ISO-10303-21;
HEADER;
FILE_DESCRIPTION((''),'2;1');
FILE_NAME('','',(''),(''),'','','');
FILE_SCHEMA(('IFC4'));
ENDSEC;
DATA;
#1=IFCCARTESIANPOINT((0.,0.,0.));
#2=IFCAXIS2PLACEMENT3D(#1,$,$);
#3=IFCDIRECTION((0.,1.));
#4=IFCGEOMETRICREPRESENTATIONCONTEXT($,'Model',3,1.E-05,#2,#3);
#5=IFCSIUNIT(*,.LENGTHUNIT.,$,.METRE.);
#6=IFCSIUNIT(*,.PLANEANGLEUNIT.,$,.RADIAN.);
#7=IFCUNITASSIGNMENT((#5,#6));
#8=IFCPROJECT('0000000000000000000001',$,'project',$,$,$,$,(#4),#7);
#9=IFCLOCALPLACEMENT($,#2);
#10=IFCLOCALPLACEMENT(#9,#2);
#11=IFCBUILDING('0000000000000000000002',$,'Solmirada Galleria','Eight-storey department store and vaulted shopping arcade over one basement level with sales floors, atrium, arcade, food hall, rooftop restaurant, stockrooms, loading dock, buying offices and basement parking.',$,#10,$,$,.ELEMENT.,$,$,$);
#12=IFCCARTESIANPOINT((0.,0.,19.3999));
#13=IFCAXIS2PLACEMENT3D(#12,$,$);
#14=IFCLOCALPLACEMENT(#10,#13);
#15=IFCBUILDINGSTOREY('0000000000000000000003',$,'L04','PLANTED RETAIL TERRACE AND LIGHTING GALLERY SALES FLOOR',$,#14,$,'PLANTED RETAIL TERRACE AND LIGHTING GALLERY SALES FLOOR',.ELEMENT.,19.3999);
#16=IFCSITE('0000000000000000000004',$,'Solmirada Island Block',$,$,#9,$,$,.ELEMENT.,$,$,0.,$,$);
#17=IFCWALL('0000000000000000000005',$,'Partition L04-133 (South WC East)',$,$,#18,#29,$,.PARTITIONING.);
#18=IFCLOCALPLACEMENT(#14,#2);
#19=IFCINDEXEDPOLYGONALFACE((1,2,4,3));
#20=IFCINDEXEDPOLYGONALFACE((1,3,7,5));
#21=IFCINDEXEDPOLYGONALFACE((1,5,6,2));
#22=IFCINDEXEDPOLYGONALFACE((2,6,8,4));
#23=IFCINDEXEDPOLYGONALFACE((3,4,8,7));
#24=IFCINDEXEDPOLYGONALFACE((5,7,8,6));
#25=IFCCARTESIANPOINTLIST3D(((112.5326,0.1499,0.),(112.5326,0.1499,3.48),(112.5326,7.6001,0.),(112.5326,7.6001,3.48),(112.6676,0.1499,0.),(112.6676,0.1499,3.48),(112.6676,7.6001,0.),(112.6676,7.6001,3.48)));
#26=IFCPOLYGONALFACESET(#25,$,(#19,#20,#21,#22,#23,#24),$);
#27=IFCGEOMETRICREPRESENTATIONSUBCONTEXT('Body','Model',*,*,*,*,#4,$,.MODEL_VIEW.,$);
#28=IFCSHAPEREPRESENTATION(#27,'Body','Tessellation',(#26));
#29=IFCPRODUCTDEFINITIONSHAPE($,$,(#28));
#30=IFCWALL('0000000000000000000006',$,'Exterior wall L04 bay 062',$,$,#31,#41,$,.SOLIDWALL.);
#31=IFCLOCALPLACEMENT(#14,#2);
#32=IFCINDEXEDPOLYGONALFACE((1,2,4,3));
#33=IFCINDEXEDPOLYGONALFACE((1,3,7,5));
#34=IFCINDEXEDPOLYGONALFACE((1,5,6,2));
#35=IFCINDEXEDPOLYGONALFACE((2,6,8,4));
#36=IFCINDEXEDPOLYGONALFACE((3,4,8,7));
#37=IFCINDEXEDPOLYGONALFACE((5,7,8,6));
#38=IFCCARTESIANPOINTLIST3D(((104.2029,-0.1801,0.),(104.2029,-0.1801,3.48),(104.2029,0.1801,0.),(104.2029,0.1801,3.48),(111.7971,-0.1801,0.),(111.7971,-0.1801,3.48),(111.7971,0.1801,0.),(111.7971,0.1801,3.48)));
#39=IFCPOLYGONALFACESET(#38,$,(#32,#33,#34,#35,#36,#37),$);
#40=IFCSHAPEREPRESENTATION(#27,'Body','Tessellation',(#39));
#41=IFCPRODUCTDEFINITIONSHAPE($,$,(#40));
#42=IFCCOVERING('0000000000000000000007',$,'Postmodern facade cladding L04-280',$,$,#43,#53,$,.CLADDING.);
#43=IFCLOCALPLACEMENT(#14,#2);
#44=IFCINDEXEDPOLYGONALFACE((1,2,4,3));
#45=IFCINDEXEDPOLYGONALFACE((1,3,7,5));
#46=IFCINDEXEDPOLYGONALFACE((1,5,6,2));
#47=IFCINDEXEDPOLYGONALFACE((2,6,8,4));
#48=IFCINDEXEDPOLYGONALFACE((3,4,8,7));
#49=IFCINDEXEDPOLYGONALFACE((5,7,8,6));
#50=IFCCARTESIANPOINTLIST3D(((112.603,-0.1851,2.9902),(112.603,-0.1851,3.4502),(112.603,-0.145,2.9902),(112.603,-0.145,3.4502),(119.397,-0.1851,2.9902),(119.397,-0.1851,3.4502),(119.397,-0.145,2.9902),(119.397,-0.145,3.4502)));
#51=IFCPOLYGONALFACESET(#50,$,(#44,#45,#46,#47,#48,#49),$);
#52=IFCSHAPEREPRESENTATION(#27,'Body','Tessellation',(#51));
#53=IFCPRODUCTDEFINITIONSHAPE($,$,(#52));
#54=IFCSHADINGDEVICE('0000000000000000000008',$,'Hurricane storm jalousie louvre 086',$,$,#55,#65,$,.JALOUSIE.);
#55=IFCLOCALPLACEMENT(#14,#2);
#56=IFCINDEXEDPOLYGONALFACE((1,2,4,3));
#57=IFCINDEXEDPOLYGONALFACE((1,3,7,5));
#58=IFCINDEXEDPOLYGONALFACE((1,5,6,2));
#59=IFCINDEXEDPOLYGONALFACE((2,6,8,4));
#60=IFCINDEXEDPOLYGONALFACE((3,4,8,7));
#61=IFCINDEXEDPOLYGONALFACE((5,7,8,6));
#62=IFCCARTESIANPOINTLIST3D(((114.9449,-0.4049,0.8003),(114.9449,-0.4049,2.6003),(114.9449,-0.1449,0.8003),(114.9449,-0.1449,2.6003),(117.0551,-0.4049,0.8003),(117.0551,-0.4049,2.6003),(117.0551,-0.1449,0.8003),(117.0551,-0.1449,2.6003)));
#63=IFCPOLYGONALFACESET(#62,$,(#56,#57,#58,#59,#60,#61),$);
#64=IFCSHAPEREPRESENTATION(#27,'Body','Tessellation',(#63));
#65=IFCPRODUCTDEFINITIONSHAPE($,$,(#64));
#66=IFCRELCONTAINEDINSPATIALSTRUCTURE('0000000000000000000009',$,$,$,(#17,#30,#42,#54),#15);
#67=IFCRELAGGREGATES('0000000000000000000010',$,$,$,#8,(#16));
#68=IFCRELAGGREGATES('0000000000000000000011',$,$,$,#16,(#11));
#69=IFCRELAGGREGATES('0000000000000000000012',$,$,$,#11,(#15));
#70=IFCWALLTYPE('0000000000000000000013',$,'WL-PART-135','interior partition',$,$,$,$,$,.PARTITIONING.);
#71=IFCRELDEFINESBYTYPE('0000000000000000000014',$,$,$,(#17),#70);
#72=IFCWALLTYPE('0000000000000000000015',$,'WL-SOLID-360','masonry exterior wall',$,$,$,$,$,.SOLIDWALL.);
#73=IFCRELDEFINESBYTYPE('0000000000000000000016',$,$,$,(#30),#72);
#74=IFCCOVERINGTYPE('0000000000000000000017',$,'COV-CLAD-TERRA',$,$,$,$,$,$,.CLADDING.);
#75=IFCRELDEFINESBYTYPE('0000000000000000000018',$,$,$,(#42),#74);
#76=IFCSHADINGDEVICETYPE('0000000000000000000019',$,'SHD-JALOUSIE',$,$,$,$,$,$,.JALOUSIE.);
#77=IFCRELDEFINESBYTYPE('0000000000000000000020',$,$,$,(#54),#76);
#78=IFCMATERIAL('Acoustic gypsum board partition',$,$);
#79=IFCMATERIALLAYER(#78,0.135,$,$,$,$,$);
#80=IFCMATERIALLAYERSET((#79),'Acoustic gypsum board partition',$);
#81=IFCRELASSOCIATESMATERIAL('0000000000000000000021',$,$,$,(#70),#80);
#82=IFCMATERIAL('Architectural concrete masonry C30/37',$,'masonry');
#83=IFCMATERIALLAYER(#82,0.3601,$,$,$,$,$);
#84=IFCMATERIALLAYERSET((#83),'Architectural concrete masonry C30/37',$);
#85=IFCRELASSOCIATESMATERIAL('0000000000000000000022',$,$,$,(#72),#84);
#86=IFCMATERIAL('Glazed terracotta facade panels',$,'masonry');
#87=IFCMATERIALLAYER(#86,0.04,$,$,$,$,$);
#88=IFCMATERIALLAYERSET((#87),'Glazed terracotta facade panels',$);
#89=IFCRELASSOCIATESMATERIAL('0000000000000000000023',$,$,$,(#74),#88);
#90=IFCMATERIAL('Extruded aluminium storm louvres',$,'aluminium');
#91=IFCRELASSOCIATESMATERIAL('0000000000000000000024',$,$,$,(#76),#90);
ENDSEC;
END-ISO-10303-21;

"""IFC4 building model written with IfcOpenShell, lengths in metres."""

from ifc_helpers import new_model, si_unit, direction, frame, frame_2d, origin, origin_2d, place, context, subcontext, project, spatial, rectangle, extrude, material, layer, layer_set, type_object, element, save


model = new_model("IFC4")

# Units and contexts
model_context = context("Model", 3, precision=1e-05, world=origin(), true_north=direction((0.0, 1.0)))
body_context = subcontext(model_context, "Body", "Model", "MODEL_VIEW")
ifc_project = project(units=[si_unit("LENGTHUNIT", "METRE"), si_unit("PLANEANGLEUNIT", "RADIAN")], contexts=[model_context])

# Site, building, storey
site_placement = place(None, origin())
site = spatial("IfcSite", under=ifc_project, at=site_placement, Name="Solmirada Island Block", CompositionType="ELEMENT", RefElevation=0.0)
building_placement = place(site_placement, origin())
building = spatial("IfcBuilding", under=site, at=building_placement, Name="Solmirada Galleria", Description="Eight-storey department store and vaulted shopping arcade over one basement level with sales floors, atrium, arcade, food hall, rooftop restaurant, stockrooms, loading dock, buying offices and basement parking.", CompositionType="ELEMENT")
storey_placement = place(building_placement, frame((0.0, 0.0, 19.3999)))
storey = spatial("IfcBuildingStorey", under=building, at=storey_placement, Name="L04", Description="PLANTED RETAIL TERRACE AND LIGHTING GALLERY SALES FLOOR", LongName="PLANTED RETAIL TERRACE AND LIGHTING GALLERY SALES FLOOR", CompositionType="ELEMENT", Elevation=19.3999)

# Walls
ifc_material_1 = material(Name="Acoustic gypsum board partition")
ifc_layer_1 = layer(ifc_material_1, 0.135)
ifc_layer_set_1 = layer_set([ifc_layer_1], Name="Acoustic gypsum board partition")
wall_type_1 = type_object("IfcWallType", Name="WL-PART-135", Description="interior partition", PredefinedType="PARTITIONING", material=ifc_layer_set_1)
wall_1_placement = place(storey_placement, frame((112.6001, 0.1499, 0.0), z_axis=(0.0, 0.0, 1.0), x_axis=(0.0, 1.0, 0.0)))
element("IfcWall", 1, at=wall_1_placement, inside=storey, type_object=wall_type_1, Name="Partition L04-133 (South WC East)", PredefinedType="PARTITIONING", context=body_context, shape_type="SweptSolid", body=[
    extrude(rectangle(XDim=7.4502, YDim=0.135, at=frame_2d((3.7251, 0.0))), origin(), (0.0, 0.0, 1.0), 3.48),
])
ifc_material_2 = material(Name="Architectural concrete masonry C30/37", Category="masonry")
ifc_layer_2 = layer(ifc_material_2, 0.3601)
ifc_layer_set_2 = layer_set([ifc_layer_2], Name="Architectural concrete masonry C30/37")
wall_type_2 = type_object("IfcWallType", Name="WL-SOLID-360", Description="masonry exterior wall", PredefinedType="SOLIDWALL", material=ifc_layer_set_2)
wall_2_placement = place(storey_placement, frame((111.7971, 0.0, 0.0), z_axis=(0.0, 0.0, 1.0), x_axis=(-1.0, 0.0, 0.0)))
element("IfcWall", 2, at=wall_2_placement, inside=storey, type_object=wall_type_2, Name="Exterior wall L04 bay 062", PredefinedType="SOLIDWALL", context=body_context, shape_type="SweptSolid", body=[
    extrude(rectangle(XDim=7.5942, YDim=0.3601, at=frame_2d((3.7971, 0.0))), origin(), (0.0, 0.0, 1.0), 3.48),
])

# Covering
ifc_material_3 = material(Name="Glazed terracotta facade panels", Category="masonry")
ifc_layer_3 = layer(ifc_material_3, 0.04)
ifc_layer_set_3 = layer_set([ifc_layer_3], Name="Glazed terracotta facade panels")
covering_type = type_object("IfcCoveringType", Name="COV-CLAD-TERRA", PredefinedType="CLADDING", material=ifc_layer_set_3)
covering_placement = place(storey_placement, frame((116.0, -0.165, 2.9902), z_axis=(0.0, 0.0, 1.0), x_axis=(-1.0, 0.0, 0.0)))
element("IfcCovering", 3, at=covering_placement, inside=storey, type_object=covering_type, Name="Postmodern facade cladding L04-280", PredefinedType="CLADDING", context=body_context, shape_type="SweptSolid", body=[
    extrude(rectangle(XDim=6.7939, YDim=0.04, at=origin_2d()), origin(), (0.0, 0.0, 1.0), 0.46),
])

# Shading device
ifc_material_4 = material(Name="Extruded aluminium storm louvres", Category="aluminium")
shading_device_type = type_object("IfcShadingDeviceType", Name="SHD-JALOUSIE", PredefinedType="JALOUSIE", material=ifc_material_4)
shading_device_placement = place(storey_placement, frame((116.0, -0.2749, 0.8003), z_axis=(0.0, 0.0, 1.0), x_axis=(-1.0, 0.0, 0.0)))
element("IfcShadingDevice", 4, at=shading_device_placement, inside=storey, type_object=shading_device_type, Name="Hurricane storm jalousie louvre 086", PredefinedType="JALOUSIE", context=body_context, shape_type="SweptSolid", body=[
    extrude(rectangle(XDim=2.1101, YDim=0.26, at=origin_2d()), origin(), (0.0, 0.0, 1.0), 1.8),
])

save(model, "model.ifc")
